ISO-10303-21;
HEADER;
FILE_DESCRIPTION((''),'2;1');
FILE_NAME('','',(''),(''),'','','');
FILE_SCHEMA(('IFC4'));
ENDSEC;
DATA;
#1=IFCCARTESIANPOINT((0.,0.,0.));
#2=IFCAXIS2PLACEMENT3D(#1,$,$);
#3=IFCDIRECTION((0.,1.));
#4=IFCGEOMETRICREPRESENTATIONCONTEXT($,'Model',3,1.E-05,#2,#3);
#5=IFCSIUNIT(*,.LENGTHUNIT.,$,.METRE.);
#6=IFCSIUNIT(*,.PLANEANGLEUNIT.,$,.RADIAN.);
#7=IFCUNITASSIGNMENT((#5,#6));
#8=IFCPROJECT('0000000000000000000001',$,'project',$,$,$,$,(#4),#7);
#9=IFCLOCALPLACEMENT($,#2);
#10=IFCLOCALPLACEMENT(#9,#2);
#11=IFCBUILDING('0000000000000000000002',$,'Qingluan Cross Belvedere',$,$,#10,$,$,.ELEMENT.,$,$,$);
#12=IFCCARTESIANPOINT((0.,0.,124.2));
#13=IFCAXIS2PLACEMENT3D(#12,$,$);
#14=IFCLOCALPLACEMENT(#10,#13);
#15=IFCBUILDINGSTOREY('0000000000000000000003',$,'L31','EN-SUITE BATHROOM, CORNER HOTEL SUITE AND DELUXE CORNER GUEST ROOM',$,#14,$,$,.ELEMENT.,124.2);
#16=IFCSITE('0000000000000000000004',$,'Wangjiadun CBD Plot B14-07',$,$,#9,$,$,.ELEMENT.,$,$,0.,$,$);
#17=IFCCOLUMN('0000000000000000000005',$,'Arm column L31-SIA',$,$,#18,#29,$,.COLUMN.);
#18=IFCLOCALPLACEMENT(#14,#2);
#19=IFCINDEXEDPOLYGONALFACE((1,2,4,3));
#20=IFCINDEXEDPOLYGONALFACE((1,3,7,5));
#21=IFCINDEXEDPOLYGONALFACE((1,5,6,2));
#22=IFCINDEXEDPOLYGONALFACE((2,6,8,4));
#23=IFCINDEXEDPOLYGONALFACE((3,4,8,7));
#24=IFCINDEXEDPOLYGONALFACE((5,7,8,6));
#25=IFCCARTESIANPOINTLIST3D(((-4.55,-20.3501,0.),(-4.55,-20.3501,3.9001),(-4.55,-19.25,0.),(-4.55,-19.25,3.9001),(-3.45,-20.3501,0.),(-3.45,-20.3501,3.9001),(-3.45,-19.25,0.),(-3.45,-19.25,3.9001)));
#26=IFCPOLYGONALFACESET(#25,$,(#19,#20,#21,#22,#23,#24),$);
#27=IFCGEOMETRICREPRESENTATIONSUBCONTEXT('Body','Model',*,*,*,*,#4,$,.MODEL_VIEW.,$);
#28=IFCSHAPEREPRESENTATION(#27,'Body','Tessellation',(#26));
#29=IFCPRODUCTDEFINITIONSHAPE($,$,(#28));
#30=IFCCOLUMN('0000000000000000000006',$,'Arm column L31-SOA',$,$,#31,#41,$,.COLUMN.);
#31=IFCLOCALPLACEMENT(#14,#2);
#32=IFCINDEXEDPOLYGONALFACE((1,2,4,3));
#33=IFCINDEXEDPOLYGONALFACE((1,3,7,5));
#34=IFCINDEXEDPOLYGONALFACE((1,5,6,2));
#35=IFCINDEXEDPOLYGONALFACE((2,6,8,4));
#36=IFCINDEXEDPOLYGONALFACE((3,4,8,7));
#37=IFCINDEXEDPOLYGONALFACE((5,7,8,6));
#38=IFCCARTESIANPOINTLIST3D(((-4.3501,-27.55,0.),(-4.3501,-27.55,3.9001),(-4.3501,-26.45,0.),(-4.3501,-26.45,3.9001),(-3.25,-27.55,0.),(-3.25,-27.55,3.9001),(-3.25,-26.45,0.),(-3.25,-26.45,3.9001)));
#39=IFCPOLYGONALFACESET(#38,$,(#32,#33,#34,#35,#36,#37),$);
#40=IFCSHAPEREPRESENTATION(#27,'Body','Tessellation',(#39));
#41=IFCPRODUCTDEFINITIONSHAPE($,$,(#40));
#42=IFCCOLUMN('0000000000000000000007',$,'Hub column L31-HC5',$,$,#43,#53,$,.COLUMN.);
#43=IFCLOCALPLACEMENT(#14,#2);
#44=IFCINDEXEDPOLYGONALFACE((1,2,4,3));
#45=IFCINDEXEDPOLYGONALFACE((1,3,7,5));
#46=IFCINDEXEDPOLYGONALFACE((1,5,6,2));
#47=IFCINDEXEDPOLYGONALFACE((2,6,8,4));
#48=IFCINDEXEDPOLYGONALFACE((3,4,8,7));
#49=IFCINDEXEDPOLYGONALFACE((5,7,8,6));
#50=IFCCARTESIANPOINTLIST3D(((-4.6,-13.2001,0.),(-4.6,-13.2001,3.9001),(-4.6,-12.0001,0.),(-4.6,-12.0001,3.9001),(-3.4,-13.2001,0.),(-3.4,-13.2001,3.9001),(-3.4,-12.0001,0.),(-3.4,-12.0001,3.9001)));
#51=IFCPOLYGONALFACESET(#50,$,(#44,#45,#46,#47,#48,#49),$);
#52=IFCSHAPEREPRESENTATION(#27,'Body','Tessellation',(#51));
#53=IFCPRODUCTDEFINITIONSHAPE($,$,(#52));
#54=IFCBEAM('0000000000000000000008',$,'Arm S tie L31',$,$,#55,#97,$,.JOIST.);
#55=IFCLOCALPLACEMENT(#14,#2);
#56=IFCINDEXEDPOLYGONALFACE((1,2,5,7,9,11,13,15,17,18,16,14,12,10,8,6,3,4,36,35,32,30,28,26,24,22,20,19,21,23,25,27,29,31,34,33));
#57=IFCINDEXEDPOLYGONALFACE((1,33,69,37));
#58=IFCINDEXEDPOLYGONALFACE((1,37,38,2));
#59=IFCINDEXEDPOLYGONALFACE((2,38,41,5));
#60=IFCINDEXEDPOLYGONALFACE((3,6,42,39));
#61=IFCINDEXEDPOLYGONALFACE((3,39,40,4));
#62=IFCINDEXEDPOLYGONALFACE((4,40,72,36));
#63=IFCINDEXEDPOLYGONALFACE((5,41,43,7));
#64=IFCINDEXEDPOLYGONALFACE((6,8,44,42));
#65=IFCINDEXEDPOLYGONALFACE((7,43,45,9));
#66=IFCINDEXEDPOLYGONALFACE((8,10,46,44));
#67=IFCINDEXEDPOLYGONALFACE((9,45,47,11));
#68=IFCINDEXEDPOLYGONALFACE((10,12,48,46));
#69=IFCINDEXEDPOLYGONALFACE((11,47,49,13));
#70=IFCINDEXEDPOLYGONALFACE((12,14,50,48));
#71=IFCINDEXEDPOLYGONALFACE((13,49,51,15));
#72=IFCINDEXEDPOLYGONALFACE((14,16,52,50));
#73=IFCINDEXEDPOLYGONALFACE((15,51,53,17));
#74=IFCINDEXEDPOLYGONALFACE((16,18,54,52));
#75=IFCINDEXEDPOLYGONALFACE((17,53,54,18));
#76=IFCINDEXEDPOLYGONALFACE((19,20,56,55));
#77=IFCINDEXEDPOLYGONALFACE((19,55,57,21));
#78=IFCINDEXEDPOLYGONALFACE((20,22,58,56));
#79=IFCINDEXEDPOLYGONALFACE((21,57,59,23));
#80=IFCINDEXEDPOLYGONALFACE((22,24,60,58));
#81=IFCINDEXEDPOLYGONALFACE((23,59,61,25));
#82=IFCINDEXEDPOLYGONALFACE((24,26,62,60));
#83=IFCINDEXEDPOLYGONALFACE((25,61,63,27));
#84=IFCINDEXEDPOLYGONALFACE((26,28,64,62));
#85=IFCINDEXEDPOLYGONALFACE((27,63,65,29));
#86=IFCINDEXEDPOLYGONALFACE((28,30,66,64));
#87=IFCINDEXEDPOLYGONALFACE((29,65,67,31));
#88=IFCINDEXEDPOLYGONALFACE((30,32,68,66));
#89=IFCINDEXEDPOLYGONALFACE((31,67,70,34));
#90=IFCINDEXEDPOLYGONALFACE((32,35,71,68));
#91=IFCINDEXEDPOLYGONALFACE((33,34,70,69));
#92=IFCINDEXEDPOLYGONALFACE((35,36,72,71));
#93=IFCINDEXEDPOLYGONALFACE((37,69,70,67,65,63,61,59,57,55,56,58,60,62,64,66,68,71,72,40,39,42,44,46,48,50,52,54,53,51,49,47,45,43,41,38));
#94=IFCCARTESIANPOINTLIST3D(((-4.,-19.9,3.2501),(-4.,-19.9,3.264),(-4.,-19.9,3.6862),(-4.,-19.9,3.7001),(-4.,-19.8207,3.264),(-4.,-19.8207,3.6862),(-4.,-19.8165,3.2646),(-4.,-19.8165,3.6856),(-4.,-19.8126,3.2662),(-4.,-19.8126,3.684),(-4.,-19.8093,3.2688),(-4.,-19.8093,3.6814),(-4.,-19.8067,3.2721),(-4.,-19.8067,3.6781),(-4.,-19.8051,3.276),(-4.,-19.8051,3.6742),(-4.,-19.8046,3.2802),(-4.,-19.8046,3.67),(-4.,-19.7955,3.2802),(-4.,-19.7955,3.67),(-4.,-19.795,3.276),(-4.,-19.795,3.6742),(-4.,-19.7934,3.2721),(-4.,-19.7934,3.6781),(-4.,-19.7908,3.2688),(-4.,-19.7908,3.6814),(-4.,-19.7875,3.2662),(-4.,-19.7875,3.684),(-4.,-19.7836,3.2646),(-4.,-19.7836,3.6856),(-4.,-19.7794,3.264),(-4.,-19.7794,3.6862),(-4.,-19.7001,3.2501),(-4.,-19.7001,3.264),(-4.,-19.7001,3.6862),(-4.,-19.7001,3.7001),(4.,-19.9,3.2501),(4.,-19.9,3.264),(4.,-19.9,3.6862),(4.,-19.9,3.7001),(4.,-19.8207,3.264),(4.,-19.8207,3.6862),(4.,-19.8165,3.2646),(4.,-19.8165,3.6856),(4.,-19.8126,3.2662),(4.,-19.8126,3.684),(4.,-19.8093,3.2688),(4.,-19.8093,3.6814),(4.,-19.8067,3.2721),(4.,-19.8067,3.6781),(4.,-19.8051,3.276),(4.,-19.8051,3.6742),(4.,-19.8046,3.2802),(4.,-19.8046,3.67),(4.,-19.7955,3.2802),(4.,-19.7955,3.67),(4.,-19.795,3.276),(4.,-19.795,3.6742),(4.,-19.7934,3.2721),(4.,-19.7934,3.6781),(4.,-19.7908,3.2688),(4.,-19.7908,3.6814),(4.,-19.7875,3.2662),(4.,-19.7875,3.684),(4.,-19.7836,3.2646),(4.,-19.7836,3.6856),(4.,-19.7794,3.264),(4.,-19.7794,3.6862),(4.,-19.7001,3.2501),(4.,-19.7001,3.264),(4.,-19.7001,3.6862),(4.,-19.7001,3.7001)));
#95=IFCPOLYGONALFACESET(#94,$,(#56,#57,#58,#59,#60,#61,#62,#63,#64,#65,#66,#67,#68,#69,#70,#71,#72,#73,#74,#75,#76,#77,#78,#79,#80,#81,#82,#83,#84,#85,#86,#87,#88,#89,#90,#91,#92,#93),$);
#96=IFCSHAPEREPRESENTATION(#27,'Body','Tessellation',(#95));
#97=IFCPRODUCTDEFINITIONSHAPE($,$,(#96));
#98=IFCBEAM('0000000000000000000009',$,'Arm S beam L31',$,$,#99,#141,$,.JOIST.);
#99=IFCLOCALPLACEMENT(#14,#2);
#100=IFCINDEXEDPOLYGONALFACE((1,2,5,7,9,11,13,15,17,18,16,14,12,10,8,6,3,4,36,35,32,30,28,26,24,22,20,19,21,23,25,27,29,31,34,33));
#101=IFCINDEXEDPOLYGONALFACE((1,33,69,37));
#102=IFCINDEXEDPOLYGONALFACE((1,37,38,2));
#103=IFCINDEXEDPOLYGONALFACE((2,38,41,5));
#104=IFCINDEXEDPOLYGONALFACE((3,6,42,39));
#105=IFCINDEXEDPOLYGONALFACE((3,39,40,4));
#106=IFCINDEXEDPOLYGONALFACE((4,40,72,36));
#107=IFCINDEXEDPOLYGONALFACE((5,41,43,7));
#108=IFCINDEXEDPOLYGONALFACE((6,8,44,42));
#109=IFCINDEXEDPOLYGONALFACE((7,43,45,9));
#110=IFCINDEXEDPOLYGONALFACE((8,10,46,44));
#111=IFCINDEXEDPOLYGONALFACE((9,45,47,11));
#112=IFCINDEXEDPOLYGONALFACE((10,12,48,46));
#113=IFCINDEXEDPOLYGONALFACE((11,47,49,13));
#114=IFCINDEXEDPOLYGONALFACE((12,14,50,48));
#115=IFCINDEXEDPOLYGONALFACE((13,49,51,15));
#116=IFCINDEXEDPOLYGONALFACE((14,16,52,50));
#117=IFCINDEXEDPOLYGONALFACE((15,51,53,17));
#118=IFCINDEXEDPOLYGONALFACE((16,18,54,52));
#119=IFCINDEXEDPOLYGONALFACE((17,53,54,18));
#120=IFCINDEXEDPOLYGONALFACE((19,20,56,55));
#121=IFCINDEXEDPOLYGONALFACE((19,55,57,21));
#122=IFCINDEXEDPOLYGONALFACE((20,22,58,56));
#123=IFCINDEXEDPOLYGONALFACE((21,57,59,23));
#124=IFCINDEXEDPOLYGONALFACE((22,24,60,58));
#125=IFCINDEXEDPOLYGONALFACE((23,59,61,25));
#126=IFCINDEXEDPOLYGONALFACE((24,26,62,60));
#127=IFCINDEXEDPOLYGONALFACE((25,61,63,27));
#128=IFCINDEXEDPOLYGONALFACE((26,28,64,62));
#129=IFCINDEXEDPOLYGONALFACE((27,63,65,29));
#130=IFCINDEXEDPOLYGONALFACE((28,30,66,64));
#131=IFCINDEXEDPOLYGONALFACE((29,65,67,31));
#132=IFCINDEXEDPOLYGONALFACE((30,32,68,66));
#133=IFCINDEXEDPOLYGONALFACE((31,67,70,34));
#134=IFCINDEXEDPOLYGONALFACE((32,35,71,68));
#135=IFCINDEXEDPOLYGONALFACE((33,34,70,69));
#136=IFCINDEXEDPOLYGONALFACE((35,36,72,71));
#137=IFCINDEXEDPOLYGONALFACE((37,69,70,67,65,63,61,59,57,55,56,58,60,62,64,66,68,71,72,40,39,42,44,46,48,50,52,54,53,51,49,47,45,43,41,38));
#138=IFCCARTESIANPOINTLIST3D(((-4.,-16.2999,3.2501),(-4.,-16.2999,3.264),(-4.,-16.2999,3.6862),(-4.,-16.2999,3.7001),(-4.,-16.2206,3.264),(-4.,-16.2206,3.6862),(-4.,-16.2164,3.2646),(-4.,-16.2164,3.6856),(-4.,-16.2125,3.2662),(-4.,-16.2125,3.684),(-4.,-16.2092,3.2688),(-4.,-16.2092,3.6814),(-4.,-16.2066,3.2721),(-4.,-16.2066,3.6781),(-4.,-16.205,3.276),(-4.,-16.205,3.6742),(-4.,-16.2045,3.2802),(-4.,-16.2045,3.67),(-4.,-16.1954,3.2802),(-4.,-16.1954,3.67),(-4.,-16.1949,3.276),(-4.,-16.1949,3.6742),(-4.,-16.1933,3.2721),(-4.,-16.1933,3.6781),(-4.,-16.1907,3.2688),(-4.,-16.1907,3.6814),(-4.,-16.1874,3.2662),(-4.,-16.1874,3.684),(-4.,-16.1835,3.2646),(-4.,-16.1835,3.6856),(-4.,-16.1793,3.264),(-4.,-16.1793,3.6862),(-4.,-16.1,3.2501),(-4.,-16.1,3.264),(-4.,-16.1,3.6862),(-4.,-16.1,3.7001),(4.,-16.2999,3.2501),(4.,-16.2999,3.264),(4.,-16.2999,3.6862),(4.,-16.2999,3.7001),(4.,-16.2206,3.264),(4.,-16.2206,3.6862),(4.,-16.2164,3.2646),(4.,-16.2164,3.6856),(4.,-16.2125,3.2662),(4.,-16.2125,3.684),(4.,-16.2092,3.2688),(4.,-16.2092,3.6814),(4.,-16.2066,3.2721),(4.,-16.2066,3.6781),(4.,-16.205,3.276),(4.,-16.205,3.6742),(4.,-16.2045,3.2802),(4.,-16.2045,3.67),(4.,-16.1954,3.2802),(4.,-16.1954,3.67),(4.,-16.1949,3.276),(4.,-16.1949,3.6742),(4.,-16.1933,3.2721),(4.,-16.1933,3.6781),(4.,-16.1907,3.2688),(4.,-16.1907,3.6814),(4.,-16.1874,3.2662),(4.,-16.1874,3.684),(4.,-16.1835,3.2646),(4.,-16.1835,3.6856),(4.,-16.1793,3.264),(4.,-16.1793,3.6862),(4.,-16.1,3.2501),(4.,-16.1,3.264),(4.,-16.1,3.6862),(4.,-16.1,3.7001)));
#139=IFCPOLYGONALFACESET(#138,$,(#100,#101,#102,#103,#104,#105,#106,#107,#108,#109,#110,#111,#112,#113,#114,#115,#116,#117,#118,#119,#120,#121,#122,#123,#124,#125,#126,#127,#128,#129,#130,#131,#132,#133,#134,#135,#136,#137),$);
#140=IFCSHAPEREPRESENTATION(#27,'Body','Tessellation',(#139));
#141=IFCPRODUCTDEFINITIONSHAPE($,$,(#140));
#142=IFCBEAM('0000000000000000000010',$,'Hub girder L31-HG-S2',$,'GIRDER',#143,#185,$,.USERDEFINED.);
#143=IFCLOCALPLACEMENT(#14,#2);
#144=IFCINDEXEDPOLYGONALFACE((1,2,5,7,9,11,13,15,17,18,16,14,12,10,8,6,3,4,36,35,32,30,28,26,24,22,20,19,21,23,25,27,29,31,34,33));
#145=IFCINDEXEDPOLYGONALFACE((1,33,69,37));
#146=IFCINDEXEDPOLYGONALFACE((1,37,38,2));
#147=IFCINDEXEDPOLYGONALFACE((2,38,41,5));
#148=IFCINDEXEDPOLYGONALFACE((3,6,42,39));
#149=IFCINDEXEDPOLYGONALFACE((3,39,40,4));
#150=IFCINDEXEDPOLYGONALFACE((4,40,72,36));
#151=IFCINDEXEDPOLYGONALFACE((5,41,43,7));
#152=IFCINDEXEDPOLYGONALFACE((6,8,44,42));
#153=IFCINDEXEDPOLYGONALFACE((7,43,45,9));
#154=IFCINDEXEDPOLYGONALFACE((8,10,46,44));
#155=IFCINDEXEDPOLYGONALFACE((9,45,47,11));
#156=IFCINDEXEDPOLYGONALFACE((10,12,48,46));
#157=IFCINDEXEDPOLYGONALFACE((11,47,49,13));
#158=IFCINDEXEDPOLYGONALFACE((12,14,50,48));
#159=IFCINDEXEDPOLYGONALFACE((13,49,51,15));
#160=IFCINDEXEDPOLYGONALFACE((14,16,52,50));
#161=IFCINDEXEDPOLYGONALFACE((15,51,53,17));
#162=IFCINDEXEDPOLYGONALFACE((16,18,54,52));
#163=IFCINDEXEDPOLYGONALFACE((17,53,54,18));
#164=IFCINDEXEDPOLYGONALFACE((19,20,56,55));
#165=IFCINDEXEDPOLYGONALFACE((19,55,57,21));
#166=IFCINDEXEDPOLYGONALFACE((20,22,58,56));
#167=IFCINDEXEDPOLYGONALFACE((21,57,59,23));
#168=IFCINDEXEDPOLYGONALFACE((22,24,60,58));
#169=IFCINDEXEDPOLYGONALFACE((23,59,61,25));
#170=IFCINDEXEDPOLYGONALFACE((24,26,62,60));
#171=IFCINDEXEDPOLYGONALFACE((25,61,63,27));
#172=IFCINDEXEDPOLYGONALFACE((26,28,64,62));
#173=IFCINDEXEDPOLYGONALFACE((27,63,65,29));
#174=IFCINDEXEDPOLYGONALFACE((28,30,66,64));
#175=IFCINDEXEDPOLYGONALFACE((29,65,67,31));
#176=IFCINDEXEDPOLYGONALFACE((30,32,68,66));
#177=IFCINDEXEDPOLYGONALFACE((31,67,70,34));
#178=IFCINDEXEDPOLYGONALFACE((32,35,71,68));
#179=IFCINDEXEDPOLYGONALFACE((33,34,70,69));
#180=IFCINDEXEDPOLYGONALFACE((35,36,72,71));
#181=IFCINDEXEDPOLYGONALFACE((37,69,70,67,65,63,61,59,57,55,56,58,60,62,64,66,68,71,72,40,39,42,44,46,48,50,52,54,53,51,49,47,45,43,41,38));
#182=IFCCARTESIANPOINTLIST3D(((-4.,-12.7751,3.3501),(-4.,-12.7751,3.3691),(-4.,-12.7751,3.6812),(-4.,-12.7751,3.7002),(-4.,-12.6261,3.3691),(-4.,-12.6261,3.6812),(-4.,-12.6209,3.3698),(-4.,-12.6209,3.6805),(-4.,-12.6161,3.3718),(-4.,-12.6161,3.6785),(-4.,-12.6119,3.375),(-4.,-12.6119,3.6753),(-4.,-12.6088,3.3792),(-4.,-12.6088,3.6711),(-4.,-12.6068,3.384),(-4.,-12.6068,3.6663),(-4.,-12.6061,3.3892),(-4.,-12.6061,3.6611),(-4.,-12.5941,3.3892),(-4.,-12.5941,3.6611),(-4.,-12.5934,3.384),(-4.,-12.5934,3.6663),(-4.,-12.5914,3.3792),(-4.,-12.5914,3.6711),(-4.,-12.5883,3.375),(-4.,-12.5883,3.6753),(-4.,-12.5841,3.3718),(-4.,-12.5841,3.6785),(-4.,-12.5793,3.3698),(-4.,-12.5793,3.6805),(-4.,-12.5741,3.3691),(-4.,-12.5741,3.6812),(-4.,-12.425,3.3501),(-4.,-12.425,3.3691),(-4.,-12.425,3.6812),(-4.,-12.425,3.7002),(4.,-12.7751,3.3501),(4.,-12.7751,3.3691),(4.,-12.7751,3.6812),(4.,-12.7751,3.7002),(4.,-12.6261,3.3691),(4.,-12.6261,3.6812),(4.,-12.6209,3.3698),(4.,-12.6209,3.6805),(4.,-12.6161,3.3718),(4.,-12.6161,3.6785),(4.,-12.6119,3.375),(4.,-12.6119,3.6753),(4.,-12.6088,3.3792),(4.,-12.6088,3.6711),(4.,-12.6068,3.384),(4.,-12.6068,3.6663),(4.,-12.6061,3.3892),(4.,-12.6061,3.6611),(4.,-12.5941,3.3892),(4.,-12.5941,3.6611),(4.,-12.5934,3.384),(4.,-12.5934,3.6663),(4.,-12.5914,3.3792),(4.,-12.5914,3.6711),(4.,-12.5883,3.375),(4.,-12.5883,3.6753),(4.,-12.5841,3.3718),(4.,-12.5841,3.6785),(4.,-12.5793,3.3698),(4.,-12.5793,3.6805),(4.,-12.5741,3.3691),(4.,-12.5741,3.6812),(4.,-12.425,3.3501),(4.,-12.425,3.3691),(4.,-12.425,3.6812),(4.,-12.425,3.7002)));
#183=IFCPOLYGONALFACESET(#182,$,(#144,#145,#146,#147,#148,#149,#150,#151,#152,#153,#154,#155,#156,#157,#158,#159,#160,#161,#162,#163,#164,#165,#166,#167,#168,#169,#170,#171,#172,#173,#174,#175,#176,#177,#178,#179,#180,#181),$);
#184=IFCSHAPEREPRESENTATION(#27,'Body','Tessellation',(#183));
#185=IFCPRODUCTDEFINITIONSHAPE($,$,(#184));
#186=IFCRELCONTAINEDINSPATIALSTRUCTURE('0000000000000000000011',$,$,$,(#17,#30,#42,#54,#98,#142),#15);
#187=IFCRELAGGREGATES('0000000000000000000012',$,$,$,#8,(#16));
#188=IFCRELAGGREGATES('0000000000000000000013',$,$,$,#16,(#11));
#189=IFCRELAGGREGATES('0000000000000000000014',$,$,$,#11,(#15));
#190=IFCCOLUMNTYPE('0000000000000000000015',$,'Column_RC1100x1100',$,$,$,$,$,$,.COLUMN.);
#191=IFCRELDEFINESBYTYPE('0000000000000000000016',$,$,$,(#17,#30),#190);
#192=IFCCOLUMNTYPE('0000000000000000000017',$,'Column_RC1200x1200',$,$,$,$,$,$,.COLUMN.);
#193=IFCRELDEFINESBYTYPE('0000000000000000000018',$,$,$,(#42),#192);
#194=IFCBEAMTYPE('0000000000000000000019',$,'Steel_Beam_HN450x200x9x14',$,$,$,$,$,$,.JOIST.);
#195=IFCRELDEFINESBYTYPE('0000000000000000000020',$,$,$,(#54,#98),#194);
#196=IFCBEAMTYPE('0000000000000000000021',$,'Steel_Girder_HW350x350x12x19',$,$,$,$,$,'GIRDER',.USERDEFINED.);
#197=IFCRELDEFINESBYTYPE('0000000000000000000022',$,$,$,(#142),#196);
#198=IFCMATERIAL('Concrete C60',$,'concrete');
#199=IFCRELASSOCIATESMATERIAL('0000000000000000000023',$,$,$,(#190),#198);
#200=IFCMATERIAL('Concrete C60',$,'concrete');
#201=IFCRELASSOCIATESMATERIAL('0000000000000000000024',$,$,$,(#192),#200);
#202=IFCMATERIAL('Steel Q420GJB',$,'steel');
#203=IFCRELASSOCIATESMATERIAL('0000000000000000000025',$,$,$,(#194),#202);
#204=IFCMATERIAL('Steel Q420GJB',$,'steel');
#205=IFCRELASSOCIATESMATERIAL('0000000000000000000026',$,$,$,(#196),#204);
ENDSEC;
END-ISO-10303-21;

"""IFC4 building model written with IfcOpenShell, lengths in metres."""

from ifc_helpers import new_model, si_unit, direction, frame, origin, origin_2d, place, context, subcontext, project, spatial, rectangle, i_section, extrude, material, material_profile, profile_set, type_object, element, save


model = new_model("IFC4")

# Units and contexts
model_context = context("Model", 3, precision=1e-05, world=origin(), true_north=direction((0.0, 1.0)))
body_context = subcontext(model_context, "Body", "Model", "MODEL_VIEW")
ifc_project = project(units=[si_unit("LENGTHUNIT", "METRE"), si_unit("PLANEANGLEUNIT", "RADIAN")], contexts=[model_context])

# Site, building, storey
site_placement = place(None, origin())
site = spatial("IfcSite", under=ifc_project, at=site_placement, Name="Wangjiadun CBD Plot B14-07", CompositionType="ELEMENT", RefElevation=0.0)
building_placement = place(site_placement, origin())
building = spatial("IfcBuilding", under=site, at=building_placement, Name="Qingluan Cross Belvedere", CompositionType="ELEMENT")
storey_placement = place(building_placement, frame((0.0, 0.0, 124.2)))
storey = spatial("IfcBuildingStorey", under=building, at=storey_placement, Name="L31", Description="EN-SUITE BATHROOM, CORNER HOTEL SUITE AND DELUXE CORNER GUEST ROOM", CompositionType="ELEMENT", Elevation=124.2)

# Columns
ifc_material_1 = material(Name="Concrete C60", Category="concrete")
ifc_material_profile_1 = material_profile(ifc_material_1, rectangle(XDim=1.1001, YDim=1.1001, at=origin_2d()), Name="RC1100x1100")
ifc_profile_set_1 = profile_set([ifc_material_profile_1], Name="Concrete C60")
column_type_1 = type_object("IfcColumnType", Name="Column_RC1100x1100", PredefinedType="COLUMN", material=ifc_profile_set_1)
for number, where, z_axis, x_axis, name in (
    (1, (-4.0, -19.8, 0.0), (0.0, 0.0, 1.0), (1.0, 0.0, 0.0), "Arm column L31-SIA"),
    (2, (-3.8, -27.0, 0.0), (0.0, 0.0, 1.0), (1.0, 0.0, 0.0), "Arm column L31-SOA"),
):
    element("IfcColumn", number, at=place(storey_placement, frame(where, z_axis=z_axis, x_axis=x_axis)), inside=storey, type_object=column_type_1, Name=name, PredefinedType="COLUMN", context=body_context, shape_type="SweptSolid", body=[
        extrude(rectangle(XDim=1.1001, YDim=1.1001, at=origin_2d()), origin(), (0.0, 0.0, 1.0), 3.9001),
    ])
ifc_material_2 = material(Name="Concrete C60", Category="concrete")
ifc_material_profile_2 = material_profile(ifc_material_2, rectangle(XDim=1.2, YDim=1.2, at=origin_2d()), Name="RC1200x1200")
ifc_profile_set_2 = profile_set([ifc_material_profile_2], Name="Concrete C60")
column_type_2 = type_object("IfcColumnType", Name="Column_RC1200x1200", PredefinedType="COLUMN", material=ifc_profile_set_2)
column_placement = place(storey_placement, frame((-4.0, -12.6001, 0.0), z_axis=(0.0, 0.0, 1.0), x_axis=(1.0, 0.0, 0.0)))
element("IfcColumn", 3, at=column_placement, inside=storey, type_object=column_type_2, Name="Hub column L31-HC5", PredefinedType="COLUMN", context=body_context, shape_type="SweptSolid", body=[
    extrude(rectangle(XDim=1.2, YDim=1.2, at=origin_2d()), origin(), (0.0, 0.0, 1.0), 3.9001),
])

# Beams
ifc_material_3 = material(Name="Steel Q420GJB", Category="steel")
ifc_material_profile_3 = material_profile(ifc_material_3, i_section(OverallWidth=0.2, OverallDepth=0.45, WebThickness=0.009, FlangeThickness=0.0139, FilletRadius=0.0161, at=origin_2d()), Name="HN450x200x9x14")
ifc_profile_set_3 = profile_set([ifc_material_profile_3], Name="Steel Q420GJB")
beam_type_1 = type_object("IfcBeamType", Name="Steel_Beam_HN450x200x9x14", PredefinedType="JOIST", material=ifc_profile_set_3)
for number, where, z_axis, x_axis, name in (
    (4, (-4.0, -19.8, 3.4751), (1.0, 0.0, 0.0), (0.0, 1.0, 0.0), "Arm S tie L31"),
    (5, (-4.0, -16.2, 3.4751), (1.0, 0.0, 0.0), (0.0, 1.0, 0.0), "Arm S beam L31"),
):
    element("IfcBeam", number, at=place(storey_placement, frame(where, z_axis=z_axis, x_axis=x_axis)), inside=storey, type_object=beam_type_1, Name=name, PredefinedType="JOIST", context=body_context, shape_type="SweptSolid", body=[
        extrude(i_section(OverallWidth=0.2, OverallDepth=0.45, WebThickness=0.009, FlangeThickness=0.0139, FilletRadius=0.0161, at=origin_2d()), origin(), (0.0, 0.0, 1.0), 8.0),
    ])
ifc_material_4 = material(Name="Steel Q420GJB", Category="steel")
ifc_material_profile_4 = material_profile(ifc_material_4, i_section(OverallWidth=0.3501, OverallDepth=0.3501, WebThickness=0.012, FlangeThickness=0.019, FilletRadius=0.02, at=origin_2d()), Name="HW350x350x12x19")
ifc_profile_set_4 = profile_set([ifc_material_profile_4], Name="Steel Q420GJB")
beam_type_2 = type_object("IfcBeamType", Name="Steel_Girder_HW350x350x12x19", ElementType="GIRDER", PredefinedType="USERDEFINED", material=ifc_profile_set_4)
beam_1_placement = place(storey_placement, frame((-4.0, -12.6001, 3.5251), z_axis=(1.0, 0.0, 0.0), x_axis=(0.0, 1.0, 0.0)))
element("IfcBeam", 6, at=beam_1_placement, inside=storey, type_object=beam_type_2, Name="Hub girder L31-HG-S2", ObjectType="GIRDER", PredefinedType="USERDEFINED", context=body_context, shape_type="SweptSolid", body=[
    extrude(i_section(OverallWidth=0.3501, OverallDepth=0.3501, WebThickness=0.012, FlangeThickness=0.019, FilletRadius=0.02, at=origin_2d()), origin(), (0.0, 0.0, 1.0), 8.0),
])

save(model, "model.ifc")
